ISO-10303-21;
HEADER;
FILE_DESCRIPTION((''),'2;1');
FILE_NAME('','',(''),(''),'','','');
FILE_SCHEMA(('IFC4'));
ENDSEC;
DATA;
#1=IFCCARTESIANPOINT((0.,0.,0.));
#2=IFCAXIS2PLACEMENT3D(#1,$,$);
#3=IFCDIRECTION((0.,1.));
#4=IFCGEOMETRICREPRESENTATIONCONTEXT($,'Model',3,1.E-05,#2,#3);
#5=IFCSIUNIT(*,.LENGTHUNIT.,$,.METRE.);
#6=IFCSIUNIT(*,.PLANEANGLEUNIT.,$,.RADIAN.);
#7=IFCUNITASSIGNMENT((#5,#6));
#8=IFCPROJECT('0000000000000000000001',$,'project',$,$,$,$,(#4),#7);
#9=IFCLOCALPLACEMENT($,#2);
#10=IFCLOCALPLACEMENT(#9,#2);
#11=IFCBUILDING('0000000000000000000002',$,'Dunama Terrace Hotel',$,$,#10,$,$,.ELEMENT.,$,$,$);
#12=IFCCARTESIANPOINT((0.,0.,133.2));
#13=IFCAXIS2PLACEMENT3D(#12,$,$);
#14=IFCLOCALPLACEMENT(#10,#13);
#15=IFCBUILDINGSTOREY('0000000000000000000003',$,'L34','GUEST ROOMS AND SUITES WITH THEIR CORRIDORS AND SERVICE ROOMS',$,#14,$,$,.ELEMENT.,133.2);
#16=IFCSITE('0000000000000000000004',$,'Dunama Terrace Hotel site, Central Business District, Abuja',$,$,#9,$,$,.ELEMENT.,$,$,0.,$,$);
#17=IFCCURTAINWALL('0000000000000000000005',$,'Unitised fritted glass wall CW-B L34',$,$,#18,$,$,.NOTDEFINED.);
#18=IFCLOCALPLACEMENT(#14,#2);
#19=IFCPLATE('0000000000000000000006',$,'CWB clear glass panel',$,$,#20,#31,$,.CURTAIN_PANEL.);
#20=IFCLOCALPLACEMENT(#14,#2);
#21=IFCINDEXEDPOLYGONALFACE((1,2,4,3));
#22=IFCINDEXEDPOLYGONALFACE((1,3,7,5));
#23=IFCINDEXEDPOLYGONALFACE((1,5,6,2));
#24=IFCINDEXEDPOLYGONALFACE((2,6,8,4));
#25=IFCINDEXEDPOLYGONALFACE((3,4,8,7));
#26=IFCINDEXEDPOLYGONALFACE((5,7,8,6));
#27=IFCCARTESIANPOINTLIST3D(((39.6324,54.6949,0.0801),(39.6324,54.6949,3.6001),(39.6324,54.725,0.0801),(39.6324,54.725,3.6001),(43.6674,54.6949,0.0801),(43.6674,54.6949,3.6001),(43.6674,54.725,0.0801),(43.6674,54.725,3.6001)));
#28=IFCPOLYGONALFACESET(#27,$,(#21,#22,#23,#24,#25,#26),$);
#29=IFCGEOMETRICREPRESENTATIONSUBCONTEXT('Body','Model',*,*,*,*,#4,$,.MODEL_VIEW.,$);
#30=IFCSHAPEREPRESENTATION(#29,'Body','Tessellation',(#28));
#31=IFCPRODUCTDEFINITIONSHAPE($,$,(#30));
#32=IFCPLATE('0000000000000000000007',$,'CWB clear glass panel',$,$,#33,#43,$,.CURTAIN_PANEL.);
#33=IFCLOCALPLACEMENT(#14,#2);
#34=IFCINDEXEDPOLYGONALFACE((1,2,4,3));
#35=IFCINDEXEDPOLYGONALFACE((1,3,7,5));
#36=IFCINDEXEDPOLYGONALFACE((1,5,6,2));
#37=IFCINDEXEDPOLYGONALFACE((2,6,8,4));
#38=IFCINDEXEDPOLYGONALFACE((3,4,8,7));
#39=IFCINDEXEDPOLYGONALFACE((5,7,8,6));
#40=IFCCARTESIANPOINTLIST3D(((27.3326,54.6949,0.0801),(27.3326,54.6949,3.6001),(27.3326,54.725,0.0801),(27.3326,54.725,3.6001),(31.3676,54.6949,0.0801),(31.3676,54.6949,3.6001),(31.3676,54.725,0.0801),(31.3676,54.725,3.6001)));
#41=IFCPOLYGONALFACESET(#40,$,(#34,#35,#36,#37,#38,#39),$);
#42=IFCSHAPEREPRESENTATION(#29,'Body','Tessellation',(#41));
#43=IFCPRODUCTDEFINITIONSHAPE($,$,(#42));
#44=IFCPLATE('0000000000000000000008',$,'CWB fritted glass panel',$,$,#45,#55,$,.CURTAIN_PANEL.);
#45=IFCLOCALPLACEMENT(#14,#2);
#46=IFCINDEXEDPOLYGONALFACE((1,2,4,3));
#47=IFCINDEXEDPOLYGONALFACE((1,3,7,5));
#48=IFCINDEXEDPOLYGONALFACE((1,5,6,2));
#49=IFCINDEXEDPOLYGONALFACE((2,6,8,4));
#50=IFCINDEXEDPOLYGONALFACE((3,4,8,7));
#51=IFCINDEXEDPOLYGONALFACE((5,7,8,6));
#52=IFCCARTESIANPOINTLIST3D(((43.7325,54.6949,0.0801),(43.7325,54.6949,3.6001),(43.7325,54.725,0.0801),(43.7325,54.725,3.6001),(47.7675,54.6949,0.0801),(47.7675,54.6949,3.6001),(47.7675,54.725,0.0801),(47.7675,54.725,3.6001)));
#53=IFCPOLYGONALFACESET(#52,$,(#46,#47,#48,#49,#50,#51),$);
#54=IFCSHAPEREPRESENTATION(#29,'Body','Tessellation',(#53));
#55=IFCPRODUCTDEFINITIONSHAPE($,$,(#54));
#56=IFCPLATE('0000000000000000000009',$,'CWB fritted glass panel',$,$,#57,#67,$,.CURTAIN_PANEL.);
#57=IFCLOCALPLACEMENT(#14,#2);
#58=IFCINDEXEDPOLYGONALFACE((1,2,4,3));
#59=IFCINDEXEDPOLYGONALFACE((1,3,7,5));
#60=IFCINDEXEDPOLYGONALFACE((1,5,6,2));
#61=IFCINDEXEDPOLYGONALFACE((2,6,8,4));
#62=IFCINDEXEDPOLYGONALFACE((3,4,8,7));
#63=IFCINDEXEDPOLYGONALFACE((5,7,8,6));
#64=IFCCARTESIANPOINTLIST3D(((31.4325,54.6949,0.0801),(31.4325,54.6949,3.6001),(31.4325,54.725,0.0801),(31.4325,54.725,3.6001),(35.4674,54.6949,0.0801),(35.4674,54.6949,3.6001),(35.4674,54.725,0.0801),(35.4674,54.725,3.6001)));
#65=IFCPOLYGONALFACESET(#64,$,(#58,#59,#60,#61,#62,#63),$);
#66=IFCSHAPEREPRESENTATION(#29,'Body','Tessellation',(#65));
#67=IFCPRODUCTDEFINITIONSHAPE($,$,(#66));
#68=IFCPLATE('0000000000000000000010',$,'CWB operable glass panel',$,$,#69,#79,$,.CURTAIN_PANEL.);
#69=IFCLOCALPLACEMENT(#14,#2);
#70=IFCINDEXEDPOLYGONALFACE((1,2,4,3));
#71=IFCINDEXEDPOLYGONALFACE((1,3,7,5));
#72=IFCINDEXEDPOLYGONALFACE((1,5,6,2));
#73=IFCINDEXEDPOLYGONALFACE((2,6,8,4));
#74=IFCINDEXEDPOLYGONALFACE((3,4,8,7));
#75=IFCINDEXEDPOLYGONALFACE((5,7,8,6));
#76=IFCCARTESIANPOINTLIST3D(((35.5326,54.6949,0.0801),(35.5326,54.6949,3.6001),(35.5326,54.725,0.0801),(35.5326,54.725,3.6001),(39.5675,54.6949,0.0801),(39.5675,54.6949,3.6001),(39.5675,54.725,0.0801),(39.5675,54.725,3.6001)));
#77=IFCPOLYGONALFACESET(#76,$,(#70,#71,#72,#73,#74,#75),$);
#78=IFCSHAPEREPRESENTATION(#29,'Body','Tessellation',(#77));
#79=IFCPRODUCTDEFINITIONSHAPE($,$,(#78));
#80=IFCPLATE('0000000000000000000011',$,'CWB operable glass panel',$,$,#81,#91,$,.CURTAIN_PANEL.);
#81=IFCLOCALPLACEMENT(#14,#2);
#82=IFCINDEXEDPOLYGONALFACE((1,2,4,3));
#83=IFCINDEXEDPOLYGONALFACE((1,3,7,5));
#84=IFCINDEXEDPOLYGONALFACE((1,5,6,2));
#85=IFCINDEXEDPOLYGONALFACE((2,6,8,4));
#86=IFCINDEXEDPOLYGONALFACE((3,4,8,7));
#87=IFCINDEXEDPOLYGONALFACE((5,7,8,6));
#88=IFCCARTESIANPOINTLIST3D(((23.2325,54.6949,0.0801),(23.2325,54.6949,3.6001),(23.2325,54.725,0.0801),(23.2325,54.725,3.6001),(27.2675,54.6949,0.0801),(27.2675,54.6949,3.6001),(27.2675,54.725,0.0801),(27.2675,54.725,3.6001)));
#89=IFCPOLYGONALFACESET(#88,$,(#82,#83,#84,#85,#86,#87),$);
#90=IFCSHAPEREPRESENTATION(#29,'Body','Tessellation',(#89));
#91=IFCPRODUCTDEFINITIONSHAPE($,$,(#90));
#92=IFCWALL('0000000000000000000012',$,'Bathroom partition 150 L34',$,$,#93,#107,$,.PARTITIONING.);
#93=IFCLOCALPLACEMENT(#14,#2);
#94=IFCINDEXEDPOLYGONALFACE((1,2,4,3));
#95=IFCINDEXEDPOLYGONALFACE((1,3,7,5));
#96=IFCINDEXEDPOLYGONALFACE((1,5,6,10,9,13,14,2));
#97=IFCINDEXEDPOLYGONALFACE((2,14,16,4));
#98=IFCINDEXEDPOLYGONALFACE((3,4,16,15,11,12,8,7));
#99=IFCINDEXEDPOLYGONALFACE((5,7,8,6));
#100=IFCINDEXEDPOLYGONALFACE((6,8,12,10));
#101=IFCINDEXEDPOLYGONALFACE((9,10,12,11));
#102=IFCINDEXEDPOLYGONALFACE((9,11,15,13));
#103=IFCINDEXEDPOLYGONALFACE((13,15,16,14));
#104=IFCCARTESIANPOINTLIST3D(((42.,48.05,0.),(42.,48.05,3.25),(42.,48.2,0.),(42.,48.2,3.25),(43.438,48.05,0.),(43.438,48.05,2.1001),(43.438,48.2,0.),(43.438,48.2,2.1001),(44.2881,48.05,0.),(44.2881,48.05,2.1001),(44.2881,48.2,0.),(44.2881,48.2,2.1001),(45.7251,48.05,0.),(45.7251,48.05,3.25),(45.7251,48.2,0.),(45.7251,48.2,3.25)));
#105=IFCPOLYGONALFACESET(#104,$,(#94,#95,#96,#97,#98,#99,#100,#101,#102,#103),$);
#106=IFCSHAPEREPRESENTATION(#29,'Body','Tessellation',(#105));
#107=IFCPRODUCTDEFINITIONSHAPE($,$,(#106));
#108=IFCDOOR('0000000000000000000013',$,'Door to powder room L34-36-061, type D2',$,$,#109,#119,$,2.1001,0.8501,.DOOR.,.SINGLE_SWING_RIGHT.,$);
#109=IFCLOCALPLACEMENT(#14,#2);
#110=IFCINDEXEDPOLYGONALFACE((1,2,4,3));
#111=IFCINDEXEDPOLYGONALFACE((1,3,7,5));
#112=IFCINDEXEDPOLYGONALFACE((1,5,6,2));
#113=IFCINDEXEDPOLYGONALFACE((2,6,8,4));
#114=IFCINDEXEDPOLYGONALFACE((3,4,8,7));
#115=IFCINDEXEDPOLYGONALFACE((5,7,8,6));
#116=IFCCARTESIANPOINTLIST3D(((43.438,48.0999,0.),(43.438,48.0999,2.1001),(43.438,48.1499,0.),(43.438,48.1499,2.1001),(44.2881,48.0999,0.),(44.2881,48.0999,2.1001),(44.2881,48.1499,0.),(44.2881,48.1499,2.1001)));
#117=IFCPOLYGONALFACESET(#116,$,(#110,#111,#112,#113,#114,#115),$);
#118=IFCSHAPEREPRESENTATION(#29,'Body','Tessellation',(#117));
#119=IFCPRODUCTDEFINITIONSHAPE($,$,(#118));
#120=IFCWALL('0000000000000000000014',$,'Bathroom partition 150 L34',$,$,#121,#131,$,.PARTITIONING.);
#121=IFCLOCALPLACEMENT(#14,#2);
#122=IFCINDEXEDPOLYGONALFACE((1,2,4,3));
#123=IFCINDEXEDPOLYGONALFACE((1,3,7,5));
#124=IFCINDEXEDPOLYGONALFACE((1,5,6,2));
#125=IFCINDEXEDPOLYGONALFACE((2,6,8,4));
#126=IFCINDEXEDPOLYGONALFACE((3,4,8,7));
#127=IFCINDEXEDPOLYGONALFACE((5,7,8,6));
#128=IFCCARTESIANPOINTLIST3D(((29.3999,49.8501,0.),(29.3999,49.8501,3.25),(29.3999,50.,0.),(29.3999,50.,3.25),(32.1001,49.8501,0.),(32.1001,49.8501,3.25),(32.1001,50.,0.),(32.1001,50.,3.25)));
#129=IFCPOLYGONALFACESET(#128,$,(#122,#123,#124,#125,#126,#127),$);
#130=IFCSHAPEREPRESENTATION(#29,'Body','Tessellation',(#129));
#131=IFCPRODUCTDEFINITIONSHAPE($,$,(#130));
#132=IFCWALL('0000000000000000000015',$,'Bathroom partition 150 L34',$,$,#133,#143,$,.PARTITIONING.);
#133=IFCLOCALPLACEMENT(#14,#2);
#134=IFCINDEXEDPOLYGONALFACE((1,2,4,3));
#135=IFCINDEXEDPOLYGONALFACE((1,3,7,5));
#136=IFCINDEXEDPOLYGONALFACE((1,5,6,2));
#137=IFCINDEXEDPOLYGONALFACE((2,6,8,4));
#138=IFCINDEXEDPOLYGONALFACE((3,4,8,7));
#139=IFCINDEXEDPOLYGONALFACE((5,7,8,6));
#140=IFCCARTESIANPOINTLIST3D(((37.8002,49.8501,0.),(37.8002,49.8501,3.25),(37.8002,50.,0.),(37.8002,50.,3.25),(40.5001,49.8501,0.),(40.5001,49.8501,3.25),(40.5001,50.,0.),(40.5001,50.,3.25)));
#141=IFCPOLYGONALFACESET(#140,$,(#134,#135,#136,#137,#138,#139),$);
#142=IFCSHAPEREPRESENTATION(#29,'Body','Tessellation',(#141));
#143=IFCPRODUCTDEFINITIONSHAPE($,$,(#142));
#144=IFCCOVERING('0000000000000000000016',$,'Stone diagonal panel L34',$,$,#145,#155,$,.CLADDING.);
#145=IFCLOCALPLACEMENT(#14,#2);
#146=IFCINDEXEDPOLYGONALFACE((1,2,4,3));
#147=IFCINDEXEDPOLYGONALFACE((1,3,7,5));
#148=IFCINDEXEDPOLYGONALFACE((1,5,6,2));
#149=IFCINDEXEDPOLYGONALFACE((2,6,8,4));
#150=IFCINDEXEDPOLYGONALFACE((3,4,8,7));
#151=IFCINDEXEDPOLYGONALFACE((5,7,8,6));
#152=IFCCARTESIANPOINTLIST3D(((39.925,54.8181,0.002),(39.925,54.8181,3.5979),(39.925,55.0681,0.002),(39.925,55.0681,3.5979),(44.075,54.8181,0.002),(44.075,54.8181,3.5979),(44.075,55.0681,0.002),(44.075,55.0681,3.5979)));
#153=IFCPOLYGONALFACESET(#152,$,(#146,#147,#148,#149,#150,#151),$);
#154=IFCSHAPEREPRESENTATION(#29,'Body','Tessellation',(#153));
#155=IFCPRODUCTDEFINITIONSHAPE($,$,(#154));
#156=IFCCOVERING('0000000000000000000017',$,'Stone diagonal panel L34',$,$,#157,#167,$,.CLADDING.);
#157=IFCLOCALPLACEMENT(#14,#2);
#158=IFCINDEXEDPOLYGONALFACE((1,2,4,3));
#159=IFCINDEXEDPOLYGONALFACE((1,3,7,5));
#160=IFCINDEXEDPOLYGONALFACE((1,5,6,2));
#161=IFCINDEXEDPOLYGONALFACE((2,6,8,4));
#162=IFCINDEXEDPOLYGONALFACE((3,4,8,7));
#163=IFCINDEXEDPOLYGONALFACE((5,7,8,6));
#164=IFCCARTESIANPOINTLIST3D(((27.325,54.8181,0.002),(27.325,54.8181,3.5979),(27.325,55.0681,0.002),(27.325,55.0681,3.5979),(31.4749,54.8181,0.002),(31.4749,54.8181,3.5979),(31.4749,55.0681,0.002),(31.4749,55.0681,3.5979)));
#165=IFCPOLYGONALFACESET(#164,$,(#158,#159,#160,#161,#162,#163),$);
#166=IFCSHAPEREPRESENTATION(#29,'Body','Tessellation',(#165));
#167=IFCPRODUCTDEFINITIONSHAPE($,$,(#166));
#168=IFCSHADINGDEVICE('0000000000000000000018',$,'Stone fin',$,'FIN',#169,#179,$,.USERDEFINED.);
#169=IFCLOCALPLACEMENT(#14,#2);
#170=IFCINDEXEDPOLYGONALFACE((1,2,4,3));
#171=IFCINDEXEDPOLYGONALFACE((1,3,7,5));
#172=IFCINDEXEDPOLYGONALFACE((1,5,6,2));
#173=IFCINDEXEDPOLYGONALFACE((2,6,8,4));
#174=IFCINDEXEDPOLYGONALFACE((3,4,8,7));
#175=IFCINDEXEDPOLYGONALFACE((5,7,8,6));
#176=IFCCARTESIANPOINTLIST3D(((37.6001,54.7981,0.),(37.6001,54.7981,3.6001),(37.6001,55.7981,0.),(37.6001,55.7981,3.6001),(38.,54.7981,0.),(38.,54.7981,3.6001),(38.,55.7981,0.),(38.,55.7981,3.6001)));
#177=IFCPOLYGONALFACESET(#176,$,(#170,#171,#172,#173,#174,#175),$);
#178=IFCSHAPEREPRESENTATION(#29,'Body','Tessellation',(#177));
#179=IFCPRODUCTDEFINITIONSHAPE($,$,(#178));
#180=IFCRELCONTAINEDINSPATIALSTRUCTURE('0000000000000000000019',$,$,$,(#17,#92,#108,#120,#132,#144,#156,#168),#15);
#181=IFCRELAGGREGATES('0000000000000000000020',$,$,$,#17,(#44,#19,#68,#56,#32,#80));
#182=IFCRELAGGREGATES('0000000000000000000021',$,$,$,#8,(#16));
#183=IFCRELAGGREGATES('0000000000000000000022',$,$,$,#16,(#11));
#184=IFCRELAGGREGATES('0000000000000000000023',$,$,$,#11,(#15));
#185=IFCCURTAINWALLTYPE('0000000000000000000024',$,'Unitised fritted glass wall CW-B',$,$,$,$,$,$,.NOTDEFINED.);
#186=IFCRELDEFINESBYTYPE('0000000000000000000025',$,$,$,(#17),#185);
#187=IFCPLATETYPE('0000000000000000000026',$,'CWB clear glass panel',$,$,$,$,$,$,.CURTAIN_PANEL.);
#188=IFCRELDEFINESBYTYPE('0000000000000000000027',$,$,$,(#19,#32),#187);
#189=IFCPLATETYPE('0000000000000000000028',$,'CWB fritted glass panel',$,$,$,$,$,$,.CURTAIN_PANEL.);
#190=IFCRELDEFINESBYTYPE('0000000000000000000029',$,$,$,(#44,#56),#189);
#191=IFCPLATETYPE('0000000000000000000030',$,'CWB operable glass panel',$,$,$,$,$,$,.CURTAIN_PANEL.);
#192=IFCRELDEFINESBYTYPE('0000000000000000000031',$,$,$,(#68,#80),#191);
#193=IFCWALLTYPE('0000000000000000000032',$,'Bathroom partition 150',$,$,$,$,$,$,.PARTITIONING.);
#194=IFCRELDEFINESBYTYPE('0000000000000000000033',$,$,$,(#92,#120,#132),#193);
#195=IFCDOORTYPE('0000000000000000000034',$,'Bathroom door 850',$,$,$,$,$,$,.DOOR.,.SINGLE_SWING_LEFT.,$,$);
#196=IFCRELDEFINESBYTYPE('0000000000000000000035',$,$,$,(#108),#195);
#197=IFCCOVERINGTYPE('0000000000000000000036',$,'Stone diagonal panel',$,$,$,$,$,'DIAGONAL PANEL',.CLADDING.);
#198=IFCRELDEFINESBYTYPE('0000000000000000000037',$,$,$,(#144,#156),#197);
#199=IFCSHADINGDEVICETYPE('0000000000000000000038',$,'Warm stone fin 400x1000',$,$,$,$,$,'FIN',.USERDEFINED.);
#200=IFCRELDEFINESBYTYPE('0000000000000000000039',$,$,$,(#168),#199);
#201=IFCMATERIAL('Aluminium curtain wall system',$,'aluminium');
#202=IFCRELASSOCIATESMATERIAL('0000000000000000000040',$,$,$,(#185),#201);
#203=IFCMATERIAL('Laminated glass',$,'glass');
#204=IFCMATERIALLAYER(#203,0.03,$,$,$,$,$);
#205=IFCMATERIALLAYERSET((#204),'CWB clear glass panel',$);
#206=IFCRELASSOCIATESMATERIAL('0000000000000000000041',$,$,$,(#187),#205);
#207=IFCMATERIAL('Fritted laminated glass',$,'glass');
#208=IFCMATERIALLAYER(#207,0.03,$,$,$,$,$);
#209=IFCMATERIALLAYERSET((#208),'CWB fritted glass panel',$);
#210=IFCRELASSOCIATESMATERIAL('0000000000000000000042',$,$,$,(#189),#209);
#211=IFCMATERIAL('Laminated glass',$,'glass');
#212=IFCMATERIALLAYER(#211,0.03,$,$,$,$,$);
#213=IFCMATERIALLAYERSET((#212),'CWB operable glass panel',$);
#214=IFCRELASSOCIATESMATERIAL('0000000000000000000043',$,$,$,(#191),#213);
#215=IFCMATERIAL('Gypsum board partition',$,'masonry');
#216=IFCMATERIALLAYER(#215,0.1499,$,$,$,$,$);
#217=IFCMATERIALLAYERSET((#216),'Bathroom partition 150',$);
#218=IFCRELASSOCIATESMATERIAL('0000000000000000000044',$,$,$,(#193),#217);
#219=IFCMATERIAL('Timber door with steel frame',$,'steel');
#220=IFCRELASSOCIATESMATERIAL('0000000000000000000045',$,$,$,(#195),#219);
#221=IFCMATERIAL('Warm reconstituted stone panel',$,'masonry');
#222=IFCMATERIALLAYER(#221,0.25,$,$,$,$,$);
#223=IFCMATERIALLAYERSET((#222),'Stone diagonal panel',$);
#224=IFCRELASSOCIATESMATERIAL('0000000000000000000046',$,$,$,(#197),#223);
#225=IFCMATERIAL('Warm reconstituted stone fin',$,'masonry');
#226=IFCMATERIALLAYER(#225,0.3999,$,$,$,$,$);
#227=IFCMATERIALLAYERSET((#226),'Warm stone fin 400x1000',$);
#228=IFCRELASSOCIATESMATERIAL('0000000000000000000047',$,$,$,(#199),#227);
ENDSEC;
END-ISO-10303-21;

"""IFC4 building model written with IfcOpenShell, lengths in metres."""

from ifc_helpers import new_model, si_unit, direction, frame, frame_2d, origin, origin_2d, place, context, subcontext, project, spatial, rectangle, extrude, material, layer, layer_set, type_object, element, fill, aggregate, save


model = new_model("IFC4")

# Units and contexts
model_context = context("Model", 3, precision=1e-05, world=origin(), true_north=direction((0.0, 1.0)))
body_context = subcontext(model_context, "Body", "Model", "MODEL_VIEW")
ifc_project = project(units=[si_unit("LENGTHUNIT", "METRE"), si_unit("PLANEANGLEUNIT", "RADIAN")], contexts=[model_context])

# Site, building, storey
site_placement = place(None, origin())
site = spatial("IfcSite", under=ifc_project, at=site_placement, Name="Dunama Terrace Hotel site, Central Business District, Abuja", CompositionType="ELEMENT", RefElevation=0.0)
building_placement = place(site_placement, origin())
building = spatial("IfcBuilding", under=site, at=building_placement, Name="Dunama Terrace Hotel", CompositionType="ELEMENT")
storey_placement = place(building_placement, frame((0.0, 0.0, 133.2)))
storey = spatial("IfcBuildingStorey", under=building, at=storey_placement, Name="L34", Description="GUEST ROOMS AND SUITES WITH THEIR CORRIDORS AND SERVICE ROOMS", CompositionType="ELEMENT", Elevation=133.2)

# Curtain wall
ifc_material_1 = material(Name="Aluminium curtain wall system", Category="aluminium")
curtain_wall_type = type_object("IfcCurtainWallType", Name="Unitised fritted glass wall CW-B", PredefinedType="NOTDEFINED", material=ifc_material_1)
curtain_wall_placement = place(storey_placement, origin())
curtain_wall = element("IfcCurtainWall", 1, at=curtain_wall_placement, inside=storey, type_object=curtain_wall_type, Name="Unitised fritted glass wall CW-B L34", PredefinedType="NOTDEFINED")

# Plates
ifc_material_2 = material(Name="Laminated glass", Category="glass")
ifc_layer_1 = layer(ifc_material_2, 0.03)
ifc_layer_set_1 = layer_set([ifc_layer_1], Name="CWB clear glass panel")
plate_type_1 = type_object("IfcPlateType", Name="CWB clear glass panel", PredefinedType="CURTAIN_PANEL", material=ifc_layer_set_1)
plate_1_placement = place(storey_placement, frame((41.6499, 54.71, 0.0801), z_axis=(0.0, 0.0, 1.0), x_axis=(-1.0, 0.0, 0.0)))
plate_1 = element("IfcPlate", 2, at=plate_1_placement, type_object=plate_type_1, Name="CWB clear glass panel", PredefinedType="CURTAIN_PANEL", context=body_context, shape_type="SweptSolid", body=[
    extrude(rectangle(XDim=4.0349, YDim=0.03, at=origin_2d()), origin(), (0.0, 0.0, 1.0), 3.52),
])
plate_2_placement = place(storey_placement, frame((29.3501, 54.71, 0.0801), z_axis=(0.0, 0.0, 1.0), x_axis=(-1.0, 0.0, 0.0)))
plate_2 = element("IfcPlate", 3, at=plate_2_placement, type_object=plate_type_1, Name="CWB clear glass panel", PredefinedType="CURTAIN_PANEL", context=body_context, shape_type="SweptSolid", body=[
    extrude(rectangle(XDim=4.0349, YDim=0.03, at=origin_2d()), origin(), (0.0, 0.0, 1.0), 3.52),
])
ifc_material_3 = material(Name="Fritted laminated glass", Category="glass")
ifc_layer_2 = layer(ifc_material_3, 0.03)
ifc_layer_set_2 = layer_set([ifc_layer_2], Name="CWB fritted glass panel")
plate_type_2 = type_object("IfcPlateType", Name="CWB fritted glass panel", PredefinedType="CURTAIN_PANEL", material=ifc_layer_set_2)
plate_3_placement = place(storey_placement, frame((45.75, 54.71, 0.0801), z_axis=(0.0, 0.0, 1.0), x_axis=(-1.0, 0.0, 0.0)))
plate_3 = element("IfcPlate", 4, at=plate_3_placement, type_object=plate_type_2, Name="CWB fritted glass panel", PredefinedType="CURTAIN_PANEL", context=body_context, shape_type="SweptSolid", body=[
    extrude(rectangle(XDim=4.0349, YDim=0.03, at=origin_2d()), origin(), (0.0, 0.0, 1.0), 3.52),
])
plate_4_placement = place(storey_placement, frame((33.45, 54.71, 0.0801), z_axis=(0.0, 0.0, 1.0), x_axis=(-1.0, 0.0, 0.0)))
plate_4 = element("IfcPlate", 5, at=plate_4_placement, type_object=plate_type_2, Name="CWB fritted glass panel", PredefinedType="CURTAIN_PANEL", context=body_context, shape_type="SweptSolid", body=[
    extrude(rectangle(XDim=4.0349, YDim=0.03, at=origin_2d()), origin(), (0.0, 0.0, 1.0), 3.52),
])
ifc_material_4 = material(Name="Laminated glass", Category="glass")
ifc_layer_3 = layer(ifc_material_4, 0.03)
ifc_layer_set_3 = layer_set([ifc_layer_3], Name="CWB operable glass panel")
plate_type_3 = type_object("IfcPlateType", Name="CWB operable glass panel", PredefinedType="CURTAIN_PANEL", material=ifc_layer_set_3)
plate_5_placement = place(storey_placement, frame((37.55, 54.71, 0.0801), z_axis=(0.0, 0.0, 1.0), x_axis=(-1.0, 0.0, 0.0)))
plate_5 = element("IfcPlate", 6, at=plate_5_placement, type_object=plate_type_3, Name="CWB operable glass panel", PredefinedType="CURTAIN_PANEL", context=body_context, shape_type="SweptSolid", body=[
    extrude(rectangle(XDim=4.0349, YDim=0.03, at=origin_2d()), origin(), (0.0, 0.0, 1.0), 3.52),
])
plate_6_placement = place(storey_placement, frame((25.25, 54.71, 0.0801), z_axis=(0.0, 0.0, 1.0), x_axis=(-1.0, 0.0, 0.0)))
plate_6 = element("IfcPlate", 7, at=plate_6_placement, type_object=plate_type_3, Name="CWB operable glass panel", PredefinedType="CURTAIN_PANEL", context=body_context, shape_type="SweptSolid", body=[
    extrude(rectangle(XDim=4.0349, YDim=0.03, at=origin_2d()), origin(), (0.0, 0.0, 1.0), 3.52),
])
aggregate(curtain_wall, [plate_3, plate_1, plate_5, plate_4, plate_2, plate_6])

# Wall, opening, door
ifc_material_5 = material(Name="Gypsum board partition", Category="masonry")
ifc_layer_4 = layer(ifc_material_5, 0.1499)
ifc_layer_set_4 = layer_set([ifc_layer_4], Name="Bathroom partition 150")
wall_type = type_object("IfcWallType", Name="Bathroom partition 150", PredefinedType="PARTITIONING", material=ifc_layer_set_4)
wall_1_placement = place(storey_placement, frame((42.0, 48.125, 0.0), z_axis=(0.0, 0.0, 1.0), x_axis=(1.0, 0.0, 0.0)))
wall_1 = element("IfcWall", 8, at=wall_1_placement, inside=storey, type_object=wall_type, Name="Bathroom partition 150 L34", PredefinedType="PARTITIONING", context=body_context, shape_type="SweptSolid", body=[
    extrude(rectangle(XDim=3.7251, YDim=0.1499, at=frame_2d((1.8625, 0.0))), origin(), (0.0, 0.0, 1.0), 3.25),
])
opening_placement = place(wall_1_placement, frame((1.438, 0.0, 0.0)))
opening = element("IfcOpeningElement", 9, at=opening_placement, cuts=wall_1, PredefinedType="OPENING", context=body_context, shape_type="SweptSolid", body=[
    extrude(rectangle(XDim=0.8501, YDim=2.1001, at=frame_2d((0.425, 1.05))), frame((0.0, 0.085, 0.0), z_axis=(0.0, -1.0, 0.0), x_axis=(1.0, 0.0, 0.0)), (0.0, 0.0, 1.0), 0.1699),
])
ifc_material_6 = material(Name="Timber door with steel frame", Category="steel")
door_type = type_object("IfcDoorType", Name="Bathroom door 850", OperationType="SINGLE_SWING_LEFT", PredefinedType="DOOR", material=ifc_material_6)
door_placement = place(opening_placement, frame((0.8501, 0.0, 0.0), z_axis=(0.0, 0.0, 1.0), x_axis=(-1.0, 0.0, 0.0)))
door = element("IfcDoor", 10, at=door_placement, inside=storey, type_object=door_type, Name="Door to powder room L34-36-061, type D2", OperationType="SINGLE_SWING_RIGHT", OverallHeight=2.1001, OverallWidth=0.8501, PredefinedType="DOOR", context=body_context, shape_type="SweptSolid", body=[
    extrude(rectangle(XDim=0.8501, YDim=2.1001, at=frame_2d((0.425, 1.05))), frame((0.0, 0.0251, 0.0), z_axis=(0.0, -1.0, 0.0), x_axis=(1.0, 0.0, 0.0)), (0.0, 0.0, 1.0), 0.05),
])
fill(opening, door)

# Walls
wall_2_placement = place(storey_placement, frame((29.3999, 49.925, 0.0), z_axis=(0.0, 0.0, 1.0), x_axis=(1.0, 0.0, 0.0)))
element("IfcWall", 11, at=wall_2_placement, inside=storey, type_object=wall_type, Name="Bathroom partition 150 L34", PredefinedType="PARTITIONING", context=body_context, shape_type="SweptSolid", body=[
    extrude(rectangle(XDim=2.7002, YDim=0.1499, at=frame_2d((1.3501, 0.0))), origin(), (0.0, 0.0, 1.0), 3.25),
])
wall_3_placement = place(storey_placement, frame((37.8, 49.925, 0.0), z_axis=(0.0, 0.0, 1.0), x_axis=(1.0, 0.0, 0.0)))
element("IfcWall", 12, at=wall_3_placement, inside=storey, type_object=wall_type, Name="Bathroom partition 150 L34", PredefinedType="PARTITIONING", context=body_context, shape_type="SweptSolid", body=[
    extrude(rectangle(XDim=2.7, YDim=0.1499, at=frame_2d((1.3501, 0.0))), origin(), (0.0, 0.0, 1.0), 3.25),
])

# Coverings
ifc_material_7 = material(Name="Warm reconstituted stone panel", Category="masonry")
ifc_layer_5 = layer(ifc_material_7, 0.25)
ifc_layer_set_5 = layer_set([ifc_layer_5], Name="Stone diagonal panel")
covering_type = type_object("IfcCoveringType", Name="Stone diagonal panel", ElementType="DIAGONAL PANEL", PredefinedType="CLADDING", material=ifc_layer_set_5)
for number, where, z_axis, x_axis, name in (
    (13, (42.0, 54.9431, 0.002), (0.0, 0.0, 1.0), (-1.0, 0.0, 0.0), "Stone diagonal panel L34"),
    (14, (29.3999, 54.9431, 0.002), (0.0, 0.0, 1.0), (-1.0, 0.0, 0.0), "Stone diagonal panel L34"),
):
    element("IfcCovering", number, at=place(storey_placement, frame(where, z_axis=z_axis, x_axis=x_axis)), inside=storey, type_object=covering_type, Name=name, PredefinedType="CLADDING", context=body_context, shape_type="SweptSolid", body=[
        extrude(rectangle(XDim=4.1499, YDim=0.25, at=origin_2d()), origin(), (0.0, 0.0, 1.0), 3.5959),
    ])

# Shading device
ifc_material_8 = material(Name="Warm reconstituted stone fin", Category="masonry")
ifc_layer_6 = layer(ifc_material_8, 0.3999)
ifc_layer_set_6 = layer_set([ifc_layer_6], Name="Warm stone fin 400x1000")
shading_device_type = type_object("IfcShadingDeviceType", Name="Warm stone fin 400x1000", ElementType="FIN", PredefinedType="USERDEFINED", material=ifc_layer_set_6)
shading_device_placement = place(storey_placement, frame((37.8, 55.2981, 0.0), z_axis=(0.0, 0.0, 1.0), x_axis=(-1.0, 0.0, 0.0)))
element("IfcShadingDevice", 15, at=shading_device_placement, inside=storey, type_object=shading_device_type, Name="Stone fin", ObjectType="FIN", PredefinedType="USERDEFINED", context=body_context, shape_type="SweptSolid", body=[
    extrude(rectangle(XDim=0.3999, YDim=1.0, at=origin_2d()), origin(), (0.0, 0.0, 1.0), 3.6001),
])

save(model, "model.ifc")
